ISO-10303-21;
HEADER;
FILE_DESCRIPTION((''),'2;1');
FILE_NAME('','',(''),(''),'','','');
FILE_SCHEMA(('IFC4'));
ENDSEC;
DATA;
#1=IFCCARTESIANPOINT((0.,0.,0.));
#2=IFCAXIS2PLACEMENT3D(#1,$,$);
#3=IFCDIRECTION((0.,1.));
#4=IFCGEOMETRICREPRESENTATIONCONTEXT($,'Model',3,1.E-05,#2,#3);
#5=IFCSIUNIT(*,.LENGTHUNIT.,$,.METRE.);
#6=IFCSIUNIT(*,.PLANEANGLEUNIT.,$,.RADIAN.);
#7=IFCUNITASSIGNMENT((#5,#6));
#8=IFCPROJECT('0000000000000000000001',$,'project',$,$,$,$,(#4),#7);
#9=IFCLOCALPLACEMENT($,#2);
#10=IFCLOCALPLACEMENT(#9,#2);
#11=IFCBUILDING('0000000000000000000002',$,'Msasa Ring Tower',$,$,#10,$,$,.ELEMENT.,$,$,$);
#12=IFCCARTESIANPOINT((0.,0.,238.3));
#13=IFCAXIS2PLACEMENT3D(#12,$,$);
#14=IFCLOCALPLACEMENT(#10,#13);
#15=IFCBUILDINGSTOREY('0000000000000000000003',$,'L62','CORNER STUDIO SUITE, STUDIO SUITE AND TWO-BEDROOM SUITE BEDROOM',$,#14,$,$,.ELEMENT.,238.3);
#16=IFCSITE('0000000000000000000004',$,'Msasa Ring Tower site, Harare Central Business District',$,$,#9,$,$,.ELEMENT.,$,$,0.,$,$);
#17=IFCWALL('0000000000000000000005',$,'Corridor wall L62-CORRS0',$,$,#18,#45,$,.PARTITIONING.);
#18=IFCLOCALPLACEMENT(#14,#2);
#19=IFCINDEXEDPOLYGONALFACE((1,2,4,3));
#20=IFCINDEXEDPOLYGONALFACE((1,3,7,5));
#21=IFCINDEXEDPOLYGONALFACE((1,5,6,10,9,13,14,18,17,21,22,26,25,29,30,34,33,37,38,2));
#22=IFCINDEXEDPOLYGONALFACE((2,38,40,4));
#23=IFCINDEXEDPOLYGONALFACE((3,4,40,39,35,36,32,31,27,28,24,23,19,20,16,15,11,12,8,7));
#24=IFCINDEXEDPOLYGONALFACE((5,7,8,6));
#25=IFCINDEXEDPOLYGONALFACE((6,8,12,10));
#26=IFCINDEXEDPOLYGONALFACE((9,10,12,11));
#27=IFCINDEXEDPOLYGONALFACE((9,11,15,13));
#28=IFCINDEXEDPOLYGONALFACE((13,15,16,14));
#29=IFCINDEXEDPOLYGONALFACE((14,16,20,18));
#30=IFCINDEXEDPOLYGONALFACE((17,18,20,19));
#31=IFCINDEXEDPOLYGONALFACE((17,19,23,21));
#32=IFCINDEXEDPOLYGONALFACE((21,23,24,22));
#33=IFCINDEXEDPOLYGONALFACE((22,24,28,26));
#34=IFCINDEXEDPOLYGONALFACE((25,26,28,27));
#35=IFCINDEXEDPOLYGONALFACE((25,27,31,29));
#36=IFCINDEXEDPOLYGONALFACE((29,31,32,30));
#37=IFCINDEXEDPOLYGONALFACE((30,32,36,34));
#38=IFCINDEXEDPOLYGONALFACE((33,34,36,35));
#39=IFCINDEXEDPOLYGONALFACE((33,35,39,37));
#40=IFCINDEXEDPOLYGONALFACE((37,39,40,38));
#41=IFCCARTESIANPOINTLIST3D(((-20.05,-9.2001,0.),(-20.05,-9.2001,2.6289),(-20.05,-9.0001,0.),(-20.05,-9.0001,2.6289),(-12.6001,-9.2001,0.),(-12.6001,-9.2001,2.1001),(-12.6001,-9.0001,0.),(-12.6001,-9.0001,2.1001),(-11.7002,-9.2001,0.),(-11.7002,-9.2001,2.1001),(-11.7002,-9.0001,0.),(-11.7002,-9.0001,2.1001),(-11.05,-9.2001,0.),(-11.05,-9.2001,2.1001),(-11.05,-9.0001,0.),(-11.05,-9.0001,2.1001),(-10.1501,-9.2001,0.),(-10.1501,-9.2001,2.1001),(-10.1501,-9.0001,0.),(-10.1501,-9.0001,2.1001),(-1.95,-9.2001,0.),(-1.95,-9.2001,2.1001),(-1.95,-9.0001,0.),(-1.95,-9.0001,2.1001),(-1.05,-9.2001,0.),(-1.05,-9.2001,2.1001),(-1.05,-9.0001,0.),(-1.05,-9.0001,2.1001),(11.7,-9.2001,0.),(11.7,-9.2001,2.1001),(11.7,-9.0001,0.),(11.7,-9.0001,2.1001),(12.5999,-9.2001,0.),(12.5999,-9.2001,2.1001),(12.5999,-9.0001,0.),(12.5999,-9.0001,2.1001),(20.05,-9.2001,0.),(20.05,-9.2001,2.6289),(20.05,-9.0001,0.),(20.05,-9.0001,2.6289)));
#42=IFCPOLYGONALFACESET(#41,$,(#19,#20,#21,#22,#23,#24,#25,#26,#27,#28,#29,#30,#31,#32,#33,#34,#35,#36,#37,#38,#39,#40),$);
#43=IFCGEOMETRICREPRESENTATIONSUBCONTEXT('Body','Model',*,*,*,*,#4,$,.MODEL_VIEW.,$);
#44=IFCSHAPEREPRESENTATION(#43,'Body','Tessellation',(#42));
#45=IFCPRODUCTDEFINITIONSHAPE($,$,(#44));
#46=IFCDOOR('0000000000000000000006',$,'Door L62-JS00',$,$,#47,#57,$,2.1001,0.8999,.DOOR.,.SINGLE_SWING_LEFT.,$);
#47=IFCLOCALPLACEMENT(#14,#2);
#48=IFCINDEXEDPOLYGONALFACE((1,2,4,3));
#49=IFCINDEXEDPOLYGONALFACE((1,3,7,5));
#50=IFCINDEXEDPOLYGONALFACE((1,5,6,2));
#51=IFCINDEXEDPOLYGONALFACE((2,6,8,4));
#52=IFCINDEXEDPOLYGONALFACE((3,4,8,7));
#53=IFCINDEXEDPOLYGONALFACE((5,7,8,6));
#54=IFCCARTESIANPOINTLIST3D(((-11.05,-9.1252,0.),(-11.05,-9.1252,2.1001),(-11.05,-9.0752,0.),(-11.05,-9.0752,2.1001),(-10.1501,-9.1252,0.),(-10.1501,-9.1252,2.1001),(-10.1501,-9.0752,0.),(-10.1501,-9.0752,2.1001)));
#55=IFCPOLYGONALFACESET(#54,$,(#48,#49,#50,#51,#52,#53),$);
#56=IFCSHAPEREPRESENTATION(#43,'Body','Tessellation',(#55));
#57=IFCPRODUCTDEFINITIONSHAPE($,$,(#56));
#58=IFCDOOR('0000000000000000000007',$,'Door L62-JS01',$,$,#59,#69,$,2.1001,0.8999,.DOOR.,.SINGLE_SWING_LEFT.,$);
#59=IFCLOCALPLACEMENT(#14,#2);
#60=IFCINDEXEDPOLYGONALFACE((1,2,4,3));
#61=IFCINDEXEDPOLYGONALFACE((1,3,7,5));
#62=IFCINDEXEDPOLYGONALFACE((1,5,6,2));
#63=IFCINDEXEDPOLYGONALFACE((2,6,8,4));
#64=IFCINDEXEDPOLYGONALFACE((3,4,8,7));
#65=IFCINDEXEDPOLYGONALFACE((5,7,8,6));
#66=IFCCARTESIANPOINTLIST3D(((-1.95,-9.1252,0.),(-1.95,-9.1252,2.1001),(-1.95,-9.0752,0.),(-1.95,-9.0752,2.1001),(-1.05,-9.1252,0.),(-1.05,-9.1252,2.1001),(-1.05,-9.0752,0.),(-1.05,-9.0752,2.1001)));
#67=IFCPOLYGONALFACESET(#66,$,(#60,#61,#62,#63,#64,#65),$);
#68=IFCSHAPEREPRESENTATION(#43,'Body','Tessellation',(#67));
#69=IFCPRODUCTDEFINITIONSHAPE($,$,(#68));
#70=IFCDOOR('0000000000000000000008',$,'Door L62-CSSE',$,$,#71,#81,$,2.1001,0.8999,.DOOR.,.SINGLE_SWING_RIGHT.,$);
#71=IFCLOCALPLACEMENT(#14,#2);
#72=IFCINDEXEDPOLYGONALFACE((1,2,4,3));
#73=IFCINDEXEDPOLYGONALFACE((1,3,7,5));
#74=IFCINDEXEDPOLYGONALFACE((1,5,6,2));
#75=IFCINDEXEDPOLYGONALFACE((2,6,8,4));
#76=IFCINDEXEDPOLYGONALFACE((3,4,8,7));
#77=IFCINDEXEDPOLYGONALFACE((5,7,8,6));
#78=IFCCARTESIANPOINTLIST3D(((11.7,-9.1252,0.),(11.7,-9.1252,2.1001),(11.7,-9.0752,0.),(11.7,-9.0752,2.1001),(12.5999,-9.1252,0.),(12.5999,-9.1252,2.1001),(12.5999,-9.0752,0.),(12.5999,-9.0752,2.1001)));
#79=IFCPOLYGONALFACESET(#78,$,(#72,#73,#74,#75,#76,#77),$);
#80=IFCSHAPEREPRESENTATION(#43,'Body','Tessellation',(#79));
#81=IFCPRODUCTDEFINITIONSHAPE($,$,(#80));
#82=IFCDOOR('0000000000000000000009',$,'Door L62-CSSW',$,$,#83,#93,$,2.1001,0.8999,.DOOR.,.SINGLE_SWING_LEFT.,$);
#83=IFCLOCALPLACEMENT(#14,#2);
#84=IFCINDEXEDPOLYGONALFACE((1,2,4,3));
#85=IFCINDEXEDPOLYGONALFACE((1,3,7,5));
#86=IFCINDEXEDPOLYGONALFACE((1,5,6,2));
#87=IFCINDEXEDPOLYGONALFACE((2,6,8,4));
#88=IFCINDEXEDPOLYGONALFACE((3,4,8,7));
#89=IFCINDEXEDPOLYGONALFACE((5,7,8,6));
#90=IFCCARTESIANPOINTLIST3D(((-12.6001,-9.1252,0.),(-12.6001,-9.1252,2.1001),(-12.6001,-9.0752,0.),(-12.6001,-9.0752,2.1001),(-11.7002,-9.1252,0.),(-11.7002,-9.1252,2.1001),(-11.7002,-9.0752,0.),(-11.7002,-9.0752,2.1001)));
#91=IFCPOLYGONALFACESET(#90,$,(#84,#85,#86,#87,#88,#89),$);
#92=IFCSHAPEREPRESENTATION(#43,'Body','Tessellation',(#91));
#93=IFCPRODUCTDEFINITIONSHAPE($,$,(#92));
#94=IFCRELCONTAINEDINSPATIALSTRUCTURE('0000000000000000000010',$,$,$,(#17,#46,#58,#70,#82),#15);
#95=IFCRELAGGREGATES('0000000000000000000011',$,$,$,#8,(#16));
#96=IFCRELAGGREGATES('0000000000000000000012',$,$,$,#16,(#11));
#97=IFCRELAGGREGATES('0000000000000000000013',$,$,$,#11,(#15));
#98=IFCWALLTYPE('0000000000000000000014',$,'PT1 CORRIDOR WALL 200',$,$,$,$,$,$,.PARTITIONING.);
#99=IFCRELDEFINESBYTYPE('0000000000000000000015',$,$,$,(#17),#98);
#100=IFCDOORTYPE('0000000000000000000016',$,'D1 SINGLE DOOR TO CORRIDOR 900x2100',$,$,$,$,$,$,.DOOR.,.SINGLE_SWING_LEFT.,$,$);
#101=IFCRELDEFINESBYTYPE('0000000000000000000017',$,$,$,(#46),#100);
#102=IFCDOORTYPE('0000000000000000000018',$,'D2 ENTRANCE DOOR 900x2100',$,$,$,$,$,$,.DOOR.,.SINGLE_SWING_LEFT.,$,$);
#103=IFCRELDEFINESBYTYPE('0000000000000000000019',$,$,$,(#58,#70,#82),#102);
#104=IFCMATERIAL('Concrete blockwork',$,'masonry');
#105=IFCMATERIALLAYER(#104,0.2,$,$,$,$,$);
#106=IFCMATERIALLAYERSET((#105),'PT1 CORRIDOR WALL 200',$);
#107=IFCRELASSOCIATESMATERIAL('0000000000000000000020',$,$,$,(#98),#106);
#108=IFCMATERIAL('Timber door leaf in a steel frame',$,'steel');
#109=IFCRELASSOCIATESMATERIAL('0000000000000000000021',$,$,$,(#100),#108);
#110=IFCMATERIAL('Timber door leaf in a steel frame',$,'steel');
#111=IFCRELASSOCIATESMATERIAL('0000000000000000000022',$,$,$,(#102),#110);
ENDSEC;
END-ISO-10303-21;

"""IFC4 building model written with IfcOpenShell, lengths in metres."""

from ifc_helpers import new_model, si_unit, direction, frame, frame_2d, origin, place, context, subcontext, project, spatial, rectangle, extrude, material, layer, layer_set, type_object, element, fill, save


model = new_model("IFC4")

# Units and contexts
model_context = context("Model", 3, precision=1e-05, world=origin(), true_north=direction((0.0, 1.0)))
body_context = subcontext(model_context, "Body", "Model", "MODEL_VIEW")
ifc_project = project(units=[si_unit("LENGTHUNIT", "METRE"), si_unit("PLANEANGLEUNIT", "RADIAN")], contexts=[model_context])

# Site, building, storey
site_placement = place(None, origin())
site = spatial("IfcSite", under=ifc_project, at=site_placement, Name="Msasa Ring Tower site, Harare Central Business District", CompositionType="ELEMENT", RefElevation=0.0)
building_placement = place(site_placement, origin())
building = spatial("IfcBuilding", under=site, at=building_placement, Name="Msasa Ring Tower", CompositionType="ELEMENT")
storey_placement = place(building_placement, frame((0.0, 0.0, 238.3)))
storey = spatial("IfcBuildingStorey", under=building, at=storey_placement, Name="L62", Description="CORNER STUDIO SUITE, STUDIO SUITE AND TWO-BEDROOM SUITE BEDROOM", CompositionType="ELEMENT", Elevation=238.3)

# Wall, openings, doors
ifc_material_1 = material(Name="Concrete blockwork", Category="masonry")
ifc_layer_1 = layer(ifc_material_1, 0.2)
ifc_layer_set_1 = layer_set([ifc_layer_1], Name="PT1 CORRIDOR WALL 200")
wall_type_1 = type_object("IfcWallType", Name="PT1 CORRIDOR WALL 200", PredefinedType="PARTITIONING", material=ifc_layer_set_1)
wall_1_placement = place(storey_placement, frame((-20.05, -9.1001, 0.0), z_axis=(0.0, 0.0, 1.0), x_axis=(1.0, 0.0, 0.0)))
wall_1 = element("IfcWall", 1, at=wall_1_placement, inside=storey, type_object=wall_type_1, Name="Corridor wall L62-CORRS0", PredefinedType="PARTITIONING", context=body_context, shape_type="SweptSolid", body=[
    extrude(rectangle(XDim=40.1001, YDim=0.2, at=frame_2d((20.05, 0.0))), origin(), (0.0, 0.0, 1.0), 2.6289),
])
opening_1_placement = place(wall_1_placement, frame((9.0, 0.0, 0.0)))
opening_1 = element("IfcOpeningElement", 2, at=opening_1_placement, cuts=wall_1, PredefinedType="OPENING", context=body_context, shape_type="SweptSolid", body=[
    extrude(rectangle(XDim=0.8999, YDim=2.1001, at=frame_2d((0.45, 1.05))), frame((0.0, 0.1099, 0.0), z_axis=(0.0, -1.0, 0.0), x_axis=(1.0, 0.0, 0.0)), (0.0, 0.0, 1.0), 0.22),
])
opening_2_placement = place(wall_1_placement, frame((18.1001, 0.0, 0.0)))
opening_2 = element("IfcOpeningElement", 3, at=opening_2_placement, cuts=wall_1, PredefinedType="OPENING", context=body_context, shape_type="SweptSolid", body=[
    extrude(rectangle(XDim=0.8999, YDim=2.1001, at=frame_2d((0.45, 1.05))), frame((0.0, 0.1099, 0.0), z_axis=(0.0, -1.0, 0.0), x_axis=(1.0, 0.0, 0.0)), (0.0, 0.0, 1.0), 0.22),
])
opening_3_placement = place(wall_1_placement, frame((31.75, 0.0, 0.0)))
opening_3 = element("IfcOpeningElement", 4, at=opening_3_placement, cuts=wall_1, PredefinedType="OPENING", context=body_context, shape_type="SweptSolid", body=[
    extrude(rectangle(XDim=0.8999, YDim=2.1001, at=frame_2d((0.45, 1.05))), frame((0.0, 0.1099, 0.0), z_axis=(0.0, -1.0, 0.0), x_axis=(1.0, 0.0, 0.0)), (0.0, 0.0, 1.0), 0.22),
])
opening_4_placement = place(wall_1_placement, frame((7.45, 0.0, 0.0)))
opening_4 = element("IfcOpeningElement", 5, at=opening_4_placement, cuts=wall_1, PredefinedType="OPENING", context=body_context, shape_type="SweptSolid", body=[
    extrude(rectangle(XDim=0.8999, YDim=2.1001, at=frame_2d((0.45, 1.05))), frame((0.0, 0.1099, 0.0), z_axis=(0.0, -1.0, 0.0), x_axis=(1.0, 0.0, 0.0)), (0.0, 0.0, 1.0), 0.22),
])
ifc_material_2 = material(Name="Timber door leaf in a steel frame", Category="steel")
door_type_1 = type_object("IfcDoorType", Name="D1 SINGLE DOOR TO CORRIDOR 900x2100", OperationType="SINGLE_SWING_LEFT", PredefinedType="DOOR", material=ifc_material_2)
door_1_placement = place(opening_1_placement, origin())
door_1 = element("IfcDoor", 6, at=door_1_placement, inside=storey, type_object=door_type_1, Name="Door L62-JS00", OperationType="SINGLE_SWING_LEFT", OverallHeight=2.1001, OverallWidth=0.8999, PredefinedType="DOOR", context=body_context, shape_type="SweptSolid", body=[
    extrude(rectangle(XDim=0.8999, YDim=2.1001, at=frame_2d((0.45, 1.05))), frame((0.0, 0.0249, 0.0), z_axis=(0.0, -1.0, 0.0), x_axis=(1.0, 0.0, 0.0)), (0.0, 0.0, 1.0), 0.05),
])
fill(opening_1, door_1)
ifc_material_3 = material(Name="Timber door leaf in a steel frame", Category="steel")
door_type_2 = type_object("IfcDoorType", Name="D2 ENTRANCE DOOR 900x2100", OperationType="SINGLE_SWING_LEFT", PredefinedType="DOOR", material=ifc_material_3)
door_2_placement = place(opening_2_placement, origin())
door_2 = element("IfcDoor", 7, at=door_2_placement, inside=storey, type_object=door_type_2, Name="Door L62-JS01", OperationType="SINGLE_SWING_LEFT", OverallHeight=2.1001, OverallWidth=0.8999, PredefinedType="DOOR", context=body_context, shape_type="SweptSolid", body=[
    extrude(rectangle(XDim=0.8999, YDim=2.1001, at=frame_2d((0.45, 1.05))), frame((0.0, 0.0249, 0.0), z_axis=(0.0, -1.0, 0.0), x_axis=(1.0, 0.0, 0.0)), (0.0, 0.0, 1.0), 0.05),
])
fill(opening_2, door_2)
door_3_placement = place(opening_3_placement, origin())
door_3 = element("IfcDoor", 8, at=door_3_placement, inside=storey, type_object=door_type_2, Name="Door L62-CSSE", OperationType="SINGLE_SWING_RIGHT", OverallHeight=2.1001, OverallWidth=0.8999, PredefinedType="DOOR", context=body_context, shape_type="SweptSolid", body=[
    extrude(rectangle(XDim=0.8999, YDim=2.1001, at=frame_2d((0.45, 1.05))), frame((0.0, 0.0249, 0.0), z_axis=(0.0, -1.0, 0.0), x_axis=(1.0, 0.0, 0.0)), (0.0, 0.0, 1.0), 0.05),
])
fill(opening_3, door_3)
door_4_placement = place(opening_4_placement, origin())
door_4 = element("IfcDoor", 9, at=door_4_placement, inside=storey, type_object=door_type_2, Name="Door L62-CSSW", OperationType="SINGLE_SWING_LEFT", OverallHeight=2.1001, OverallWidth=0.8999, PredefinedType="DOOR", context=body_context, shape_type="SweptSolid", body=[
    extrude(rectangle(XDim=0.8999, YDim=2.1001, at=frame_2d((0.45, 1.05))), frame((0.0, 0.0249, 0.0), z_axis=(0.0, -1.0, 0.0), x_axis=(1.0, 0.0, 0.0)), (0.0, 0.0, 1.0), 0.05),
])
fill(opening_4, door_4)

save(model, "model.ifc")
